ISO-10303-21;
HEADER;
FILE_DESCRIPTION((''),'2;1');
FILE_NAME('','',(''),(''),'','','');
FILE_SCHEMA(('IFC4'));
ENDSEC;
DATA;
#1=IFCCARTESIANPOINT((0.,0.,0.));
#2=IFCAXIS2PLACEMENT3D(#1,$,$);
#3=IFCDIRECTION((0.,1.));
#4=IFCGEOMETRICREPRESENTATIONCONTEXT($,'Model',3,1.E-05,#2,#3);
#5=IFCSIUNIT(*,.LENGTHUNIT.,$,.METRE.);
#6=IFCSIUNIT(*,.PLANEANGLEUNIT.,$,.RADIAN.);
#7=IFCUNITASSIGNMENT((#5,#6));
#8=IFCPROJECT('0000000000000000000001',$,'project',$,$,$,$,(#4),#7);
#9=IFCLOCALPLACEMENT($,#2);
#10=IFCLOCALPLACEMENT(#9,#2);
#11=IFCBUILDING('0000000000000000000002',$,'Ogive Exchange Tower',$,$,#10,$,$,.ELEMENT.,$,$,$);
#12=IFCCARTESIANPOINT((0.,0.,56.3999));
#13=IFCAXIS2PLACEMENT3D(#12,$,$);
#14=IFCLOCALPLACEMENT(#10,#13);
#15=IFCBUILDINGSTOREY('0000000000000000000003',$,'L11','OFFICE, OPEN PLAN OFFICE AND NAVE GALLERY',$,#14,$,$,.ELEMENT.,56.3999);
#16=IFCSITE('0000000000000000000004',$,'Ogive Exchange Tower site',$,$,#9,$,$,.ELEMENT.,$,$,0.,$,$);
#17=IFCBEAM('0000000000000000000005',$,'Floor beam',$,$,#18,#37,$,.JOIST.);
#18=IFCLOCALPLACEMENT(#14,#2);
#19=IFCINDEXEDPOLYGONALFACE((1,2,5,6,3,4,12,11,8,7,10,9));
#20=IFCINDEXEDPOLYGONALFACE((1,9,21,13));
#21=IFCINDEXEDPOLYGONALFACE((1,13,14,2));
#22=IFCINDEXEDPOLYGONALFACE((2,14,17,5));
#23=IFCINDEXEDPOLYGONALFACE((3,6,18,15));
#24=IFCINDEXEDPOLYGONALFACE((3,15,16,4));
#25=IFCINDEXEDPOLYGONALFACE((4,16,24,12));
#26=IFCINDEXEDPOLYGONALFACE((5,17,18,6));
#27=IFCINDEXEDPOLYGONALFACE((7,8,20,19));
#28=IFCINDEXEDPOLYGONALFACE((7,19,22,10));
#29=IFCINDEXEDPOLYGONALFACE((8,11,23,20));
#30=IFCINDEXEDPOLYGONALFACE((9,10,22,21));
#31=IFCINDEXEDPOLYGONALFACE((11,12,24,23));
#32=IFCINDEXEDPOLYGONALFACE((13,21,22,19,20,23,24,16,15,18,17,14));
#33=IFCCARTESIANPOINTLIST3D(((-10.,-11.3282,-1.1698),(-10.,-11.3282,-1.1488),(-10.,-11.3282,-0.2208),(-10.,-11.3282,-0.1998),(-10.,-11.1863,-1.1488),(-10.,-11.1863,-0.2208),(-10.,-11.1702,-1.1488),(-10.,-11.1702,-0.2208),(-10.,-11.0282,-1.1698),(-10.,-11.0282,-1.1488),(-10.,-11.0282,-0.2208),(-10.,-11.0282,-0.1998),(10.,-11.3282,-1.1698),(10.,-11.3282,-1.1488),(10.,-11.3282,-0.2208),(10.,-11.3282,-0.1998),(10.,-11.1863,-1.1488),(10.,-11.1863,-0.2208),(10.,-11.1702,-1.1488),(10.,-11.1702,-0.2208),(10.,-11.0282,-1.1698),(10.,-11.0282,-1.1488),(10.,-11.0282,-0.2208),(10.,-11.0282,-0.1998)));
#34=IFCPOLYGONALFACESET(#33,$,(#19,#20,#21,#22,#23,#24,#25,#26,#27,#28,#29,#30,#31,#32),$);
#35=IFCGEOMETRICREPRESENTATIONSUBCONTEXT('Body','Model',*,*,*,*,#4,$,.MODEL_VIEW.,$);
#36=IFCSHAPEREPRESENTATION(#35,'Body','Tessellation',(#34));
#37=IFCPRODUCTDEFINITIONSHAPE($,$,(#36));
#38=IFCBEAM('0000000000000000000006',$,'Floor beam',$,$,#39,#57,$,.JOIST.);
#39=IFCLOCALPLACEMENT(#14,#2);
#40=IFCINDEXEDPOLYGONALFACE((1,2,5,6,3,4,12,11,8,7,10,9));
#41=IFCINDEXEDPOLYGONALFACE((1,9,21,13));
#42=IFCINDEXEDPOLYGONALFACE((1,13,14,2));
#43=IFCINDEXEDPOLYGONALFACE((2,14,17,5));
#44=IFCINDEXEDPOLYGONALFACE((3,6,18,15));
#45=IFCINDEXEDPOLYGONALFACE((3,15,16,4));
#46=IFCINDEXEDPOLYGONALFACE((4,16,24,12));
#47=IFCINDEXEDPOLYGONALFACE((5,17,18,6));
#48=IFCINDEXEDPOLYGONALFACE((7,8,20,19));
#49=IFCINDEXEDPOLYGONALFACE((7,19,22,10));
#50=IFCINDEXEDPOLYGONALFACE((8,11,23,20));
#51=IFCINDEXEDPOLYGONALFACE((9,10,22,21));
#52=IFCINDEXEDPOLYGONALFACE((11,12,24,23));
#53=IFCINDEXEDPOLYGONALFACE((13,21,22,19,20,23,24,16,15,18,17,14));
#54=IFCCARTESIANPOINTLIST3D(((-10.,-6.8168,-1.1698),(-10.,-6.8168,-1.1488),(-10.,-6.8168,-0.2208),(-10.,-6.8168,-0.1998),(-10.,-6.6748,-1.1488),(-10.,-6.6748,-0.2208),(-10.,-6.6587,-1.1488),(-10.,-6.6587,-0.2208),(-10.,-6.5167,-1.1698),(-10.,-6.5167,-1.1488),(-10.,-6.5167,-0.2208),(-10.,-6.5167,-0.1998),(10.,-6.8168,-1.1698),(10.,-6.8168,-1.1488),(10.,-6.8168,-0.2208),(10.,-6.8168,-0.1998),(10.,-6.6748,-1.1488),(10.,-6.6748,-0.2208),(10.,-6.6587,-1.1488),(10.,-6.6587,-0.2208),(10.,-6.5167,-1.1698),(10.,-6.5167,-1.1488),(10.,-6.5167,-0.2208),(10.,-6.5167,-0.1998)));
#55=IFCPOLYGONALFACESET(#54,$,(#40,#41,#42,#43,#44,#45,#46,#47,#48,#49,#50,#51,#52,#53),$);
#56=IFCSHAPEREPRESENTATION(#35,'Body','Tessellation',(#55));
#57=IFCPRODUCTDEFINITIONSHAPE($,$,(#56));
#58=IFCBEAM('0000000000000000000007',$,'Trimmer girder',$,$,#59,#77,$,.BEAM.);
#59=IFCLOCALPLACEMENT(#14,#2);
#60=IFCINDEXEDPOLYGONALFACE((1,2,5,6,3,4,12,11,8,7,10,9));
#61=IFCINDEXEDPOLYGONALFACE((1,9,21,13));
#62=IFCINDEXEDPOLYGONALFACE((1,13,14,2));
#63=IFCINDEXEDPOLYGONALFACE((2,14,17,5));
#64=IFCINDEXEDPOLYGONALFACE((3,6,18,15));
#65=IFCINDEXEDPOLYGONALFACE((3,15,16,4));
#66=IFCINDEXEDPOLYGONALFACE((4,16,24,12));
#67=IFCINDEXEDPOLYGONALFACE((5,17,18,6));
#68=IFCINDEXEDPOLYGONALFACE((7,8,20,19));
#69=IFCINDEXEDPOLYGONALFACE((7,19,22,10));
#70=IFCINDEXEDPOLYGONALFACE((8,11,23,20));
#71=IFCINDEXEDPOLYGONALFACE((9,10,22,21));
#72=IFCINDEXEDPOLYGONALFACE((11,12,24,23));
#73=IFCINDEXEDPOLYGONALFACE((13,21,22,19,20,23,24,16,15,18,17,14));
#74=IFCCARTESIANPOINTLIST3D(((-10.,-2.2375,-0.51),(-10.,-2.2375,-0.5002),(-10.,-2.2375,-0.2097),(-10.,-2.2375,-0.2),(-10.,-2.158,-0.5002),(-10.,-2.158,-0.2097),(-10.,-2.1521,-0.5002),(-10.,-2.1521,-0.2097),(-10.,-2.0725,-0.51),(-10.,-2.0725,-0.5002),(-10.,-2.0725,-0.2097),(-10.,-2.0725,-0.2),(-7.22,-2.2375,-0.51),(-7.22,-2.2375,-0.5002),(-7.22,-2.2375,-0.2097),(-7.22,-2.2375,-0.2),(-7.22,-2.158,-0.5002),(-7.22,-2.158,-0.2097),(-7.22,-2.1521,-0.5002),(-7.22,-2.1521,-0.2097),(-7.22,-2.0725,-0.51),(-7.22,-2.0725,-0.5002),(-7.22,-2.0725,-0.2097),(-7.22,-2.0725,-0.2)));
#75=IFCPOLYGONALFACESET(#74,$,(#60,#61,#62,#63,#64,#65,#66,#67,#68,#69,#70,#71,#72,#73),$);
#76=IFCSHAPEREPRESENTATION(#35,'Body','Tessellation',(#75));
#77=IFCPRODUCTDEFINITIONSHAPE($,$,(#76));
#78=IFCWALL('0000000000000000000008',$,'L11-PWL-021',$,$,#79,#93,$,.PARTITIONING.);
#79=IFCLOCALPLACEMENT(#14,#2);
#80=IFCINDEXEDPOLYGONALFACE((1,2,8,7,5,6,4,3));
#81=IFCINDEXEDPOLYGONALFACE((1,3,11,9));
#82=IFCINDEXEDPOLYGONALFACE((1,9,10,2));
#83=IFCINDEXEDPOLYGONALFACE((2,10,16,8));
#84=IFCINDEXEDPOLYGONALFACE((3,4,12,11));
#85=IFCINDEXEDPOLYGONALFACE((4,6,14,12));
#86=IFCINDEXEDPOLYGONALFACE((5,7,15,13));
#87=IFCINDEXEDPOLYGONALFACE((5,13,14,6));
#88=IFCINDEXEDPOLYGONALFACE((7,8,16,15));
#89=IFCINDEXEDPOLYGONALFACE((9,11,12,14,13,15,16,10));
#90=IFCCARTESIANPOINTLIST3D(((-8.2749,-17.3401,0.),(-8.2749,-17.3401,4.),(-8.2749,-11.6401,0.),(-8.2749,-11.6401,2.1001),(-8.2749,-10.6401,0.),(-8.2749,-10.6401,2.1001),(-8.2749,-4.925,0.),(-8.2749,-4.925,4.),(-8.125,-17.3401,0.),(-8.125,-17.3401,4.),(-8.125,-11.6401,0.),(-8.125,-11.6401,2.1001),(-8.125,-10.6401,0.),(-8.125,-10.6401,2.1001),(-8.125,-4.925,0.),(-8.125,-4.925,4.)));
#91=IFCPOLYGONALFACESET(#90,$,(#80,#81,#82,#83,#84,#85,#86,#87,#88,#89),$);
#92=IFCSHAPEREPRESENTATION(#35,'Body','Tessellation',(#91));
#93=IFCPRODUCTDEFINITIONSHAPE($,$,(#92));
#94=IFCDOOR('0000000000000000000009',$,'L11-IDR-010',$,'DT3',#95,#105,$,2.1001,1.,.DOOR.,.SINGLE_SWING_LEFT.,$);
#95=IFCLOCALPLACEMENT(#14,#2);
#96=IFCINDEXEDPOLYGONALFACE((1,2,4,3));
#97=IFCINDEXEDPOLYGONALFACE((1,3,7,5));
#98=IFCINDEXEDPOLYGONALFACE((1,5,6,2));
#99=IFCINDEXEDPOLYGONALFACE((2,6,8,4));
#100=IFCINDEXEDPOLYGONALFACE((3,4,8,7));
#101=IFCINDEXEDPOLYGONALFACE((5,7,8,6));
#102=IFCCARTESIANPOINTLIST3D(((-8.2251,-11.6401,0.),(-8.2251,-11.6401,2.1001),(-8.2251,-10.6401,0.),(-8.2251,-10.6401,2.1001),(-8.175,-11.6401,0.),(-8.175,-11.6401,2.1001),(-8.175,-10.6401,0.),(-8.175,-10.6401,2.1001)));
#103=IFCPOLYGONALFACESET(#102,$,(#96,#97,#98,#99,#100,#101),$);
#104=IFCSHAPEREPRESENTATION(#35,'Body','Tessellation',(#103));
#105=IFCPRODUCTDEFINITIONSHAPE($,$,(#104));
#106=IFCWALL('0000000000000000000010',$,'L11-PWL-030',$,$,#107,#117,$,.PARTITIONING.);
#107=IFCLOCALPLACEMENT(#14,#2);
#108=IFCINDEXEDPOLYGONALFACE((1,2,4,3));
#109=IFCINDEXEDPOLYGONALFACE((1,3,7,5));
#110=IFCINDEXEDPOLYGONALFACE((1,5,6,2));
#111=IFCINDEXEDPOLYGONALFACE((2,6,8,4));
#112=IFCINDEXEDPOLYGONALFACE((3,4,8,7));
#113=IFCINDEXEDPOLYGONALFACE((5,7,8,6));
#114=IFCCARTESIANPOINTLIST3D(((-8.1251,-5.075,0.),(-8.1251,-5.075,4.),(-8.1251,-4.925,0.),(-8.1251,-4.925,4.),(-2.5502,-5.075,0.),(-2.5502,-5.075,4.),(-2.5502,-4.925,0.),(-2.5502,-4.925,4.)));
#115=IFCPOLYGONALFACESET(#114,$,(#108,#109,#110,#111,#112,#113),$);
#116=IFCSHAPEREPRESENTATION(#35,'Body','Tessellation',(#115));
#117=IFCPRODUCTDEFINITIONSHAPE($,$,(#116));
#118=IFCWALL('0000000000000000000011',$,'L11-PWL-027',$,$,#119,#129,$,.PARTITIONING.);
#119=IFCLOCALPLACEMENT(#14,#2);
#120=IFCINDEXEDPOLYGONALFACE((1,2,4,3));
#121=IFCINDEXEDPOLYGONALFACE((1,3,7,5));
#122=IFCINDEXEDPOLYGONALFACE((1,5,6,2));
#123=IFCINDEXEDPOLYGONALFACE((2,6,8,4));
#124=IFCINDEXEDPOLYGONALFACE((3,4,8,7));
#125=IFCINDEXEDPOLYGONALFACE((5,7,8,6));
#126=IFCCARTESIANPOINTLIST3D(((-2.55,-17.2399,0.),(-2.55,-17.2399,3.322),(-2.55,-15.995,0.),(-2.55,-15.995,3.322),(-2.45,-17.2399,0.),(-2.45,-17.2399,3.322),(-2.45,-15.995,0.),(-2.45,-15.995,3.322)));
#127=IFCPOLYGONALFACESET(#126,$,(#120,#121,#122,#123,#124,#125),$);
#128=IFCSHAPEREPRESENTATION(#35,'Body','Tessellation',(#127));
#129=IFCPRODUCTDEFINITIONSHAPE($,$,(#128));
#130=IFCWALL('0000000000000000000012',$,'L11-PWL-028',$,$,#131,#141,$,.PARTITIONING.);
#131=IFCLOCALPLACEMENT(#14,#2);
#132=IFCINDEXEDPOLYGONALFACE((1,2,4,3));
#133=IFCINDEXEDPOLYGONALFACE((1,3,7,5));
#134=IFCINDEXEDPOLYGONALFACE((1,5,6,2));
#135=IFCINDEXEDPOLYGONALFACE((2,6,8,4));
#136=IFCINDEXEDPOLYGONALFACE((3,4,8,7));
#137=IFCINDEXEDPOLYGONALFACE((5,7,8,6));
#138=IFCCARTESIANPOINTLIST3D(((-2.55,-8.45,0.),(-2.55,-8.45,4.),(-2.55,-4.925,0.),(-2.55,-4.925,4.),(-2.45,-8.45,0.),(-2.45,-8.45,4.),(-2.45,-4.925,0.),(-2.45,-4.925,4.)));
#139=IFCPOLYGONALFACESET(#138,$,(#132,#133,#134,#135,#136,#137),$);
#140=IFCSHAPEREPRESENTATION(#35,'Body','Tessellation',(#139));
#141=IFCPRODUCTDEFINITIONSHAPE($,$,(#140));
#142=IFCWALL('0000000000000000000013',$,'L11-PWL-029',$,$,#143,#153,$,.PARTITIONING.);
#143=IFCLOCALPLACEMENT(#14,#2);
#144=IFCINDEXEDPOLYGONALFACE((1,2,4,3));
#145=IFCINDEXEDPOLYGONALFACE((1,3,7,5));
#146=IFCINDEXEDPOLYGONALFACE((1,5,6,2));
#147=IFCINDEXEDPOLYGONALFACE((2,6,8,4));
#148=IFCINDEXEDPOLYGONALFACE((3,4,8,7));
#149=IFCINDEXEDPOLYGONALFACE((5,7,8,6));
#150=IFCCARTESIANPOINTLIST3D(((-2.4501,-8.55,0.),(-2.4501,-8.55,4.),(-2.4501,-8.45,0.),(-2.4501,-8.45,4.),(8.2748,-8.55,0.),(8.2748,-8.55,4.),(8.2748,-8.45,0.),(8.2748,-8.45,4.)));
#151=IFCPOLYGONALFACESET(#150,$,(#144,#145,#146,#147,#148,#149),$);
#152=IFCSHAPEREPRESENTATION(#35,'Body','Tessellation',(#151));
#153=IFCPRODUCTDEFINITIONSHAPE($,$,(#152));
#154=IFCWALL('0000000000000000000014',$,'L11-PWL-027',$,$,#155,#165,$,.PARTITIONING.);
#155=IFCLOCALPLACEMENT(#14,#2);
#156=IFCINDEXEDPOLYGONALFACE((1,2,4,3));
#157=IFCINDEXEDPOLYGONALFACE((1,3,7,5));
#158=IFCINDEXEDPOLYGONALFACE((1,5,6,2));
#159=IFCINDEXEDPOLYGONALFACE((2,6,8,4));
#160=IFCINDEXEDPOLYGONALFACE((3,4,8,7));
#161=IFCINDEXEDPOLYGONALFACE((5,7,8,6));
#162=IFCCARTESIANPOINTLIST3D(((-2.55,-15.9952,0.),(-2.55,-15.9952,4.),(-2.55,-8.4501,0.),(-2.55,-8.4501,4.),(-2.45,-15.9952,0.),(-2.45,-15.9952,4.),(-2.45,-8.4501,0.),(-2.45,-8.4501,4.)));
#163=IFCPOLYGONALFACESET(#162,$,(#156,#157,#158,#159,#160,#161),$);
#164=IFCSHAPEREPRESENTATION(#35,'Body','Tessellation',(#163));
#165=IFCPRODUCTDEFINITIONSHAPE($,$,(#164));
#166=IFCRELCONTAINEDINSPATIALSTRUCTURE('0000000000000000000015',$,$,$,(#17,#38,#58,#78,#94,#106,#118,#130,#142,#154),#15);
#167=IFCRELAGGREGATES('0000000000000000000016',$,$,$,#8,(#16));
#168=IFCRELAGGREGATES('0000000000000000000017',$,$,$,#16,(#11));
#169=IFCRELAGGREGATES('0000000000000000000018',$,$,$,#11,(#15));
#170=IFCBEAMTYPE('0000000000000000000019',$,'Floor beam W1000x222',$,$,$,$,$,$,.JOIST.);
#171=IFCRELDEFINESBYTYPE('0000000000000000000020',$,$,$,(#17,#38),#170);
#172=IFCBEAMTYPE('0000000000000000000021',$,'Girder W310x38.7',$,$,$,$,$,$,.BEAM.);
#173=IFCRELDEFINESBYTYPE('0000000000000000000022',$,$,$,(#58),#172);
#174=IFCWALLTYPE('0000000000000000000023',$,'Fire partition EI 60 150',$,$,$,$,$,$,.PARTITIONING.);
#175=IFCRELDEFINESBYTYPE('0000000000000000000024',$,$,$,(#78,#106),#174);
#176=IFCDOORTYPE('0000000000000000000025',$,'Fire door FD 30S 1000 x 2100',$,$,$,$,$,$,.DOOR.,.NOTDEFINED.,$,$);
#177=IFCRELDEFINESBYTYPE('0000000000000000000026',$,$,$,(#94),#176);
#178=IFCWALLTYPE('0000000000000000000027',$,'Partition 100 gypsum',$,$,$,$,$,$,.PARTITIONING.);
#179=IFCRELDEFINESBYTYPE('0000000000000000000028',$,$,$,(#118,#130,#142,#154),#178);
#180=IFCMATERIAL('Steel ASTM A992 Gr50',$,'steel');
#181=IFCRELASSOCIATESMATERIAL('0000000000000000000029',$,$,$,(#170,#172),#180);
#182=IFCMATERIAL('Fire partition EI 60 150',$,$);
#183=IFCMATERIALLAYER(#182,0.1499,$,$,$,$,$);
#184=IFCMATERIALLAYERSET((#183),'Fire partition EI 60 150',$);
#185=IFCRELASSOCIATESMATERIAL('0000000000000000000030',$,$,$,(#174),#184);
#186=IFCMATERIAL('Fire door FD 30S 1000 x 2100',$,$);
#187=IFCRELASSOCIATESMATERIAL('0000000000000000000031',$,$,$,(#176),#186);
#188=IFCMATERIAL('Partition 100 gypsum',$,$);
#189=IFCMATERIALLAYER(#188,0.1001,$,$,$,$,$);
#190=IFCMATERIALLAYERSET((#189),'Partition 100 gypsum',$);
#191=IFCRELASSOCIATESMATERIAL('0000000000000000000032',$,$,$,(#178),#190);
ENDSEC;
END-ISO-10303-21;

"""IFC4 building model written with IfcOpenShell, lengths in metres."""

from ifc_helpers import new_model, si_unit, direction, frame, frame_2d, origin, origin_2d, place, context, subcontext, project, spatial, rectangle, i_section, extrude, material, layer, layer_set, material_profile, profile_set, type_object, element, fill, save


model = new_model("IFC4")

# Units and contexts
model_context = context("Model", 3, precision=1e-05, world=origin(), true_north=direction((0.0, 1.0)))
body_context = subcontext(model_context, "Body", "Model", "MODEL_VIEW")
ifc_project = project(units=[si_unit("LENGTHUNIT", "METRE"), si_unit("PLANEANGLEUNIT", "RADIAN")], contexts=[model_context])

# Site, building, storey
site_placement = place(None, origin())
site = spatial("IfcSite", under=ifc_project, at=site_placement, Name="Ogive Exchange Tower site", CompositionType="ELEMENT", RefElevation=0.0)
building_placement = place(site_placement, origin())
building = spatial("IfcBuilding", under=site, at=building_placement, Name="Ogive Exchange Tower", CompositionType="ELEMENT")
storey_placement = place(building_placement, frame((0.0, 0.0, 56.3999)))
storey = spatial("IfcBuildingStorey", under=building, at=storey_placement, Name="L11", Description="OFFICE, OPEN PLAN OFFICE AND NAVE GALLERY", CompositionType="ELEMENT", Elevation=56.3999)

# Beams
ifc_material_1 = material(Name="Steel ASTM A992 Gr50", Category="steel")
ifc_material_profile_1 = material_profile(ifc_material_1, i_section(OverallWidth=0.3, OverallDepth=0.97, WebThickness=0.0161, FlangeThickness=0.021, at=origin_2d()), Name="W1000x222")
ifc_profile_set_1 = profile_set([ifc_material_profile_1], Name="Steel ASTM A992 Gr50")
beam_type_1 = type_object("IfcBeamType", Name="Floor beam W1000x222", PredefinedType="JOIST", material=ifc_profile_set_1)
for number, where, z_axis, x_axis, name in (
    (1, (-10.0, -11.1782, -0.6848), (1.0, 0.0, 0.0), (0.0, 1.0, 0.0), "Floor beam"),
    (2, (-10.0, -6.6667, -0.6848), (1.0, 0.0, 0.0), (0.0, 1.0, 0.0), "Floor beam"),
):
    element("IfcBeam", number, at=place(storey_placement, frame(where, z_axis=z_axis, x_axis=x_axis)), inside=storey, type_object=beam_type_1, Name=name, PredefinedType="JOIST", context=body_context, shape_type="SweptSolid", body=[
        extrude(i_section(OverallWidth=0.3, OverallDepth=0.97, WebThickness=0.0161, FlangeThickness=0.021, at=origin_2d()), origin(), (0.0, 0.0, 1.0), 20.0),
    ])
ifc_material_profile_2 = material_profile(ifc_material_1, i_section(OverallWidth=0.165, OverallDepth=0.3101, WebThickness=0.0059, FlangeThickness=0.0098, at=origin_2d()), Name="W310x38.7")
ifc_profile_set_2 = profile_set([ifc_material_profile_2], Name="Steel ASTM A992 Gr50")
beam_type_2 = type_object("IfcBeamType", Name="Girder W310x38.7", PredefinedType="BEAM", material=ifc_profile_set_2)
beam_placement = place(storey_placement, frame((-10.0, -2.155, -0.355), z_axis=(1.0, 0.0, 0.0), x_axis=(0.0, 1.0, 0.0)))
element("IfcBeam", 3, at=beam_placement, inside=storey, type_object=beam_type_2, Name="Trimmer girder", PredefinedType="BEAM", context=body_context, shape_type="SweptSolid", body=[
    extrude(i_section(OverallWidth=0.165, OverallDepth=0.3101, WebThickness=0.0059, FlangeThickness=0.0098, at=origin_2d()), origin(), (0.0, 0.0, 1.0), 2.78),
])

# Wall, opening, door
ifc_material_2 = material(Name="Fire partition EI 60 150")
ifc_layer_1 = layer(ifc_material_2, 0.1499)
ifc_layer_set_1 = layer_set([ifc_layer_1], Name="Fire partition EI 60 150")
wall_type_1 = type_object("IfcWallType", Name="Fire partition EI 60 150", PredefinedType="PARTITIONING", material=ifc_layer_set_1)
wall_1_placement = place(storey_placement, frame((-8.2, -4.925, 0.0), z_axis=(0.0, 0.0, 1.0), x_axis=(0.0, -1.0, 0.0)))
wall_1 = element("IfcWall", 4, at=wall_1_placement, inside=storey, type_object=wall_type_1, Name="L11-PWL-021", PredefinedType="PARTITIONING", context=body_context, shape_type="SweptSolid", body=[
    extrude(rectangle(XDim=12.415, YDim=0.1499, at=frame_2d((6.2075, 0.0))), origin(), (0.0, 0.0, 1.0), 4.0),
])
opening_placement = place(wall_1_placement, frame((5.7151, 0.0, 0.0)))
opening = element("IfcOpeningElement", 5, at=opening_placement, cuts=wall_1, PredefinedType="OPENING", context=body_context, shape_type="SweptSolid", body=[
    extrude(rectangle(XDim=1.0, YDim=2.1001, at=frame_2d((0.5, 1.05))), frame((0.0, 0.085, 0.0), z_axis=(0.0, -1.0, 0.0), x_axis=(1.0, 0.0, 0.0)), (0.0, 0.0, 1.0), 0.1699),
])
ifc_material_3 = material(Name="Fire door FD 30S 1000 x 2100")
door_type = type_object("IfcDoorType", Name="Fire door FD 30S 1000 x 2100", OperationType="NOTDEFINED", PredefinedType="DOOR", material=ifc_material_3)
door_placement = place(opening_placement, origin())
door = element("IfcDoor", 6, at=door_placement, inside=storey, type_object=door_type, Name="L11-IDR-010", ObjectType="DT3", OperationType="SINGLE_SWING_LEFT", OverallHeight=2.1001, OverallWidth=1.0, PredefinedType="DOOR", context=body_context, shape_type="SweptSolid", body=[
    extrude(rectangle(XDim=1.0, YDim=2.1001, at=frame_2d((0.5, 1.05))), frame((0.0, 0.0249, 0.0), z_axis=(0.0, -1.0, 0.0), x_axis=(1.0, 0.0, 0.0)), (0.0, 0.0, 1.0), 0.05),
])
fill(opening, door)

# Walls
wall_2_placement = place(storey_placement, frame((-2.55, -5.0, 0.0), z_axis=(0.0, 0.0, 1.0), x_axis=(-1.0, 0.0, 0.0)))
element("IfcWall", 7, at=wall_2_placement, inside=storey, type_object=wall_type_1, Name="L11-PWL-030", PredefinedType="PARTITIONING", context=body_context, shape_type="SweptSolid", body=[
    extrude(rectangle(XDim=5.575, YDim=0.1499, at=frame_2d((2.7876, 0.0))), origin(), (0.0, 0.0, 1.0), 4.0),
])
ifc_material_4 = material(Name="Partition 100 gypsum")
ifc_layer_2 = layer(ifc_material_4, 0.1001)
ifc_layer_set_2 = layer_set([ifc_layer_2], Name="Partition 100 gypsum")
wall_type_2 = type_object("IfcWallType", Name="Partition 100 gypsum", PredefinedType="PARTITIONING", material=ifc_layer_set_2)
wall_3_placement = place(storey_placement, frame((-2.5, -17.24, 0.0), z_axis=(0.0, 0.0, 1.0), x_axis=(0.0, 1.0, 0.0)))
element("IfcWall", 8, at=wall_3_placement, inside=storey, type_object=wall_type_2, Name="L11-PWL-027", PredefinedType="PARTITIONING", context=body_context, shape_type="SweptSolid", body=[
    extrude(rectangle(XDim=1.2449, YDim=0.1001, at=frame_2d((0.6226, 0.0))), origin(), (0.0, 0.0, 1.0), 3.322),
])
wall_4_placement = place(storey_placement, frame((-2.5, -8.45, 0.0), z_axis=(0.0, 0.0, 1.0), x_axis=(0.0, 1.0, 0.0)))
element("IfcWall", 9, at=wall_4_placement, inside=storey, type_object=wall_type_2, Name="L11-PWL-028", PredefinedType="PARTITIONING", context=body_context, shape_type="SweptSolid", body=[
    extrude(rectangle(XDim=3.5249, YDim=0.1001, at=frame_2d((1.7625, 0.0))), origin(), (0.0, 0.0, 1.0), 4.0),
])
wall_5_placement = place(storey_placement, frame((-2.45, -8.5, 0.0), z_axis=(0.0, 0.0, 1.0), x_axis=(1.0, 0.0, 0.0)))
element("IfcWall", 10, at=wall_5_placement, inside=storey, type_object=wall_type_2, Name="L11-PWL-029", PredefinedType="PARTITIONING", context=body_context, shape_type="SweptSolid", body=[
    extrude(rectangle(XDim=10.7249, YDim=0.1001, at=frame_2d((5.3623, 0.0))), origin(), (0.0, 0.0, 1.0), 4.0),
])
wall_6_placement = place(storey_placement, frame((-2.5, -15.9951, 0.0), z_axis=(0.0, 0.0, 1.0), x_axis=(0.0, 1.0, 0.0)))
element("IfcWall", 11, at=wall_6_placement, inside=storey, type_object=wall_type_2, Name="L11-PWL-027", PredefinedType="PARTITIONING", context=body_context, shape_type="SweptSolid", body=[
    extrude(rectangle(XDim=7.5452, YDim=0.1001, at=frame_2d((3.7725, 0.0))), origin(), (0.0, 0.0, 1.0), 4.0),
])

save(model, "model.ifc")
